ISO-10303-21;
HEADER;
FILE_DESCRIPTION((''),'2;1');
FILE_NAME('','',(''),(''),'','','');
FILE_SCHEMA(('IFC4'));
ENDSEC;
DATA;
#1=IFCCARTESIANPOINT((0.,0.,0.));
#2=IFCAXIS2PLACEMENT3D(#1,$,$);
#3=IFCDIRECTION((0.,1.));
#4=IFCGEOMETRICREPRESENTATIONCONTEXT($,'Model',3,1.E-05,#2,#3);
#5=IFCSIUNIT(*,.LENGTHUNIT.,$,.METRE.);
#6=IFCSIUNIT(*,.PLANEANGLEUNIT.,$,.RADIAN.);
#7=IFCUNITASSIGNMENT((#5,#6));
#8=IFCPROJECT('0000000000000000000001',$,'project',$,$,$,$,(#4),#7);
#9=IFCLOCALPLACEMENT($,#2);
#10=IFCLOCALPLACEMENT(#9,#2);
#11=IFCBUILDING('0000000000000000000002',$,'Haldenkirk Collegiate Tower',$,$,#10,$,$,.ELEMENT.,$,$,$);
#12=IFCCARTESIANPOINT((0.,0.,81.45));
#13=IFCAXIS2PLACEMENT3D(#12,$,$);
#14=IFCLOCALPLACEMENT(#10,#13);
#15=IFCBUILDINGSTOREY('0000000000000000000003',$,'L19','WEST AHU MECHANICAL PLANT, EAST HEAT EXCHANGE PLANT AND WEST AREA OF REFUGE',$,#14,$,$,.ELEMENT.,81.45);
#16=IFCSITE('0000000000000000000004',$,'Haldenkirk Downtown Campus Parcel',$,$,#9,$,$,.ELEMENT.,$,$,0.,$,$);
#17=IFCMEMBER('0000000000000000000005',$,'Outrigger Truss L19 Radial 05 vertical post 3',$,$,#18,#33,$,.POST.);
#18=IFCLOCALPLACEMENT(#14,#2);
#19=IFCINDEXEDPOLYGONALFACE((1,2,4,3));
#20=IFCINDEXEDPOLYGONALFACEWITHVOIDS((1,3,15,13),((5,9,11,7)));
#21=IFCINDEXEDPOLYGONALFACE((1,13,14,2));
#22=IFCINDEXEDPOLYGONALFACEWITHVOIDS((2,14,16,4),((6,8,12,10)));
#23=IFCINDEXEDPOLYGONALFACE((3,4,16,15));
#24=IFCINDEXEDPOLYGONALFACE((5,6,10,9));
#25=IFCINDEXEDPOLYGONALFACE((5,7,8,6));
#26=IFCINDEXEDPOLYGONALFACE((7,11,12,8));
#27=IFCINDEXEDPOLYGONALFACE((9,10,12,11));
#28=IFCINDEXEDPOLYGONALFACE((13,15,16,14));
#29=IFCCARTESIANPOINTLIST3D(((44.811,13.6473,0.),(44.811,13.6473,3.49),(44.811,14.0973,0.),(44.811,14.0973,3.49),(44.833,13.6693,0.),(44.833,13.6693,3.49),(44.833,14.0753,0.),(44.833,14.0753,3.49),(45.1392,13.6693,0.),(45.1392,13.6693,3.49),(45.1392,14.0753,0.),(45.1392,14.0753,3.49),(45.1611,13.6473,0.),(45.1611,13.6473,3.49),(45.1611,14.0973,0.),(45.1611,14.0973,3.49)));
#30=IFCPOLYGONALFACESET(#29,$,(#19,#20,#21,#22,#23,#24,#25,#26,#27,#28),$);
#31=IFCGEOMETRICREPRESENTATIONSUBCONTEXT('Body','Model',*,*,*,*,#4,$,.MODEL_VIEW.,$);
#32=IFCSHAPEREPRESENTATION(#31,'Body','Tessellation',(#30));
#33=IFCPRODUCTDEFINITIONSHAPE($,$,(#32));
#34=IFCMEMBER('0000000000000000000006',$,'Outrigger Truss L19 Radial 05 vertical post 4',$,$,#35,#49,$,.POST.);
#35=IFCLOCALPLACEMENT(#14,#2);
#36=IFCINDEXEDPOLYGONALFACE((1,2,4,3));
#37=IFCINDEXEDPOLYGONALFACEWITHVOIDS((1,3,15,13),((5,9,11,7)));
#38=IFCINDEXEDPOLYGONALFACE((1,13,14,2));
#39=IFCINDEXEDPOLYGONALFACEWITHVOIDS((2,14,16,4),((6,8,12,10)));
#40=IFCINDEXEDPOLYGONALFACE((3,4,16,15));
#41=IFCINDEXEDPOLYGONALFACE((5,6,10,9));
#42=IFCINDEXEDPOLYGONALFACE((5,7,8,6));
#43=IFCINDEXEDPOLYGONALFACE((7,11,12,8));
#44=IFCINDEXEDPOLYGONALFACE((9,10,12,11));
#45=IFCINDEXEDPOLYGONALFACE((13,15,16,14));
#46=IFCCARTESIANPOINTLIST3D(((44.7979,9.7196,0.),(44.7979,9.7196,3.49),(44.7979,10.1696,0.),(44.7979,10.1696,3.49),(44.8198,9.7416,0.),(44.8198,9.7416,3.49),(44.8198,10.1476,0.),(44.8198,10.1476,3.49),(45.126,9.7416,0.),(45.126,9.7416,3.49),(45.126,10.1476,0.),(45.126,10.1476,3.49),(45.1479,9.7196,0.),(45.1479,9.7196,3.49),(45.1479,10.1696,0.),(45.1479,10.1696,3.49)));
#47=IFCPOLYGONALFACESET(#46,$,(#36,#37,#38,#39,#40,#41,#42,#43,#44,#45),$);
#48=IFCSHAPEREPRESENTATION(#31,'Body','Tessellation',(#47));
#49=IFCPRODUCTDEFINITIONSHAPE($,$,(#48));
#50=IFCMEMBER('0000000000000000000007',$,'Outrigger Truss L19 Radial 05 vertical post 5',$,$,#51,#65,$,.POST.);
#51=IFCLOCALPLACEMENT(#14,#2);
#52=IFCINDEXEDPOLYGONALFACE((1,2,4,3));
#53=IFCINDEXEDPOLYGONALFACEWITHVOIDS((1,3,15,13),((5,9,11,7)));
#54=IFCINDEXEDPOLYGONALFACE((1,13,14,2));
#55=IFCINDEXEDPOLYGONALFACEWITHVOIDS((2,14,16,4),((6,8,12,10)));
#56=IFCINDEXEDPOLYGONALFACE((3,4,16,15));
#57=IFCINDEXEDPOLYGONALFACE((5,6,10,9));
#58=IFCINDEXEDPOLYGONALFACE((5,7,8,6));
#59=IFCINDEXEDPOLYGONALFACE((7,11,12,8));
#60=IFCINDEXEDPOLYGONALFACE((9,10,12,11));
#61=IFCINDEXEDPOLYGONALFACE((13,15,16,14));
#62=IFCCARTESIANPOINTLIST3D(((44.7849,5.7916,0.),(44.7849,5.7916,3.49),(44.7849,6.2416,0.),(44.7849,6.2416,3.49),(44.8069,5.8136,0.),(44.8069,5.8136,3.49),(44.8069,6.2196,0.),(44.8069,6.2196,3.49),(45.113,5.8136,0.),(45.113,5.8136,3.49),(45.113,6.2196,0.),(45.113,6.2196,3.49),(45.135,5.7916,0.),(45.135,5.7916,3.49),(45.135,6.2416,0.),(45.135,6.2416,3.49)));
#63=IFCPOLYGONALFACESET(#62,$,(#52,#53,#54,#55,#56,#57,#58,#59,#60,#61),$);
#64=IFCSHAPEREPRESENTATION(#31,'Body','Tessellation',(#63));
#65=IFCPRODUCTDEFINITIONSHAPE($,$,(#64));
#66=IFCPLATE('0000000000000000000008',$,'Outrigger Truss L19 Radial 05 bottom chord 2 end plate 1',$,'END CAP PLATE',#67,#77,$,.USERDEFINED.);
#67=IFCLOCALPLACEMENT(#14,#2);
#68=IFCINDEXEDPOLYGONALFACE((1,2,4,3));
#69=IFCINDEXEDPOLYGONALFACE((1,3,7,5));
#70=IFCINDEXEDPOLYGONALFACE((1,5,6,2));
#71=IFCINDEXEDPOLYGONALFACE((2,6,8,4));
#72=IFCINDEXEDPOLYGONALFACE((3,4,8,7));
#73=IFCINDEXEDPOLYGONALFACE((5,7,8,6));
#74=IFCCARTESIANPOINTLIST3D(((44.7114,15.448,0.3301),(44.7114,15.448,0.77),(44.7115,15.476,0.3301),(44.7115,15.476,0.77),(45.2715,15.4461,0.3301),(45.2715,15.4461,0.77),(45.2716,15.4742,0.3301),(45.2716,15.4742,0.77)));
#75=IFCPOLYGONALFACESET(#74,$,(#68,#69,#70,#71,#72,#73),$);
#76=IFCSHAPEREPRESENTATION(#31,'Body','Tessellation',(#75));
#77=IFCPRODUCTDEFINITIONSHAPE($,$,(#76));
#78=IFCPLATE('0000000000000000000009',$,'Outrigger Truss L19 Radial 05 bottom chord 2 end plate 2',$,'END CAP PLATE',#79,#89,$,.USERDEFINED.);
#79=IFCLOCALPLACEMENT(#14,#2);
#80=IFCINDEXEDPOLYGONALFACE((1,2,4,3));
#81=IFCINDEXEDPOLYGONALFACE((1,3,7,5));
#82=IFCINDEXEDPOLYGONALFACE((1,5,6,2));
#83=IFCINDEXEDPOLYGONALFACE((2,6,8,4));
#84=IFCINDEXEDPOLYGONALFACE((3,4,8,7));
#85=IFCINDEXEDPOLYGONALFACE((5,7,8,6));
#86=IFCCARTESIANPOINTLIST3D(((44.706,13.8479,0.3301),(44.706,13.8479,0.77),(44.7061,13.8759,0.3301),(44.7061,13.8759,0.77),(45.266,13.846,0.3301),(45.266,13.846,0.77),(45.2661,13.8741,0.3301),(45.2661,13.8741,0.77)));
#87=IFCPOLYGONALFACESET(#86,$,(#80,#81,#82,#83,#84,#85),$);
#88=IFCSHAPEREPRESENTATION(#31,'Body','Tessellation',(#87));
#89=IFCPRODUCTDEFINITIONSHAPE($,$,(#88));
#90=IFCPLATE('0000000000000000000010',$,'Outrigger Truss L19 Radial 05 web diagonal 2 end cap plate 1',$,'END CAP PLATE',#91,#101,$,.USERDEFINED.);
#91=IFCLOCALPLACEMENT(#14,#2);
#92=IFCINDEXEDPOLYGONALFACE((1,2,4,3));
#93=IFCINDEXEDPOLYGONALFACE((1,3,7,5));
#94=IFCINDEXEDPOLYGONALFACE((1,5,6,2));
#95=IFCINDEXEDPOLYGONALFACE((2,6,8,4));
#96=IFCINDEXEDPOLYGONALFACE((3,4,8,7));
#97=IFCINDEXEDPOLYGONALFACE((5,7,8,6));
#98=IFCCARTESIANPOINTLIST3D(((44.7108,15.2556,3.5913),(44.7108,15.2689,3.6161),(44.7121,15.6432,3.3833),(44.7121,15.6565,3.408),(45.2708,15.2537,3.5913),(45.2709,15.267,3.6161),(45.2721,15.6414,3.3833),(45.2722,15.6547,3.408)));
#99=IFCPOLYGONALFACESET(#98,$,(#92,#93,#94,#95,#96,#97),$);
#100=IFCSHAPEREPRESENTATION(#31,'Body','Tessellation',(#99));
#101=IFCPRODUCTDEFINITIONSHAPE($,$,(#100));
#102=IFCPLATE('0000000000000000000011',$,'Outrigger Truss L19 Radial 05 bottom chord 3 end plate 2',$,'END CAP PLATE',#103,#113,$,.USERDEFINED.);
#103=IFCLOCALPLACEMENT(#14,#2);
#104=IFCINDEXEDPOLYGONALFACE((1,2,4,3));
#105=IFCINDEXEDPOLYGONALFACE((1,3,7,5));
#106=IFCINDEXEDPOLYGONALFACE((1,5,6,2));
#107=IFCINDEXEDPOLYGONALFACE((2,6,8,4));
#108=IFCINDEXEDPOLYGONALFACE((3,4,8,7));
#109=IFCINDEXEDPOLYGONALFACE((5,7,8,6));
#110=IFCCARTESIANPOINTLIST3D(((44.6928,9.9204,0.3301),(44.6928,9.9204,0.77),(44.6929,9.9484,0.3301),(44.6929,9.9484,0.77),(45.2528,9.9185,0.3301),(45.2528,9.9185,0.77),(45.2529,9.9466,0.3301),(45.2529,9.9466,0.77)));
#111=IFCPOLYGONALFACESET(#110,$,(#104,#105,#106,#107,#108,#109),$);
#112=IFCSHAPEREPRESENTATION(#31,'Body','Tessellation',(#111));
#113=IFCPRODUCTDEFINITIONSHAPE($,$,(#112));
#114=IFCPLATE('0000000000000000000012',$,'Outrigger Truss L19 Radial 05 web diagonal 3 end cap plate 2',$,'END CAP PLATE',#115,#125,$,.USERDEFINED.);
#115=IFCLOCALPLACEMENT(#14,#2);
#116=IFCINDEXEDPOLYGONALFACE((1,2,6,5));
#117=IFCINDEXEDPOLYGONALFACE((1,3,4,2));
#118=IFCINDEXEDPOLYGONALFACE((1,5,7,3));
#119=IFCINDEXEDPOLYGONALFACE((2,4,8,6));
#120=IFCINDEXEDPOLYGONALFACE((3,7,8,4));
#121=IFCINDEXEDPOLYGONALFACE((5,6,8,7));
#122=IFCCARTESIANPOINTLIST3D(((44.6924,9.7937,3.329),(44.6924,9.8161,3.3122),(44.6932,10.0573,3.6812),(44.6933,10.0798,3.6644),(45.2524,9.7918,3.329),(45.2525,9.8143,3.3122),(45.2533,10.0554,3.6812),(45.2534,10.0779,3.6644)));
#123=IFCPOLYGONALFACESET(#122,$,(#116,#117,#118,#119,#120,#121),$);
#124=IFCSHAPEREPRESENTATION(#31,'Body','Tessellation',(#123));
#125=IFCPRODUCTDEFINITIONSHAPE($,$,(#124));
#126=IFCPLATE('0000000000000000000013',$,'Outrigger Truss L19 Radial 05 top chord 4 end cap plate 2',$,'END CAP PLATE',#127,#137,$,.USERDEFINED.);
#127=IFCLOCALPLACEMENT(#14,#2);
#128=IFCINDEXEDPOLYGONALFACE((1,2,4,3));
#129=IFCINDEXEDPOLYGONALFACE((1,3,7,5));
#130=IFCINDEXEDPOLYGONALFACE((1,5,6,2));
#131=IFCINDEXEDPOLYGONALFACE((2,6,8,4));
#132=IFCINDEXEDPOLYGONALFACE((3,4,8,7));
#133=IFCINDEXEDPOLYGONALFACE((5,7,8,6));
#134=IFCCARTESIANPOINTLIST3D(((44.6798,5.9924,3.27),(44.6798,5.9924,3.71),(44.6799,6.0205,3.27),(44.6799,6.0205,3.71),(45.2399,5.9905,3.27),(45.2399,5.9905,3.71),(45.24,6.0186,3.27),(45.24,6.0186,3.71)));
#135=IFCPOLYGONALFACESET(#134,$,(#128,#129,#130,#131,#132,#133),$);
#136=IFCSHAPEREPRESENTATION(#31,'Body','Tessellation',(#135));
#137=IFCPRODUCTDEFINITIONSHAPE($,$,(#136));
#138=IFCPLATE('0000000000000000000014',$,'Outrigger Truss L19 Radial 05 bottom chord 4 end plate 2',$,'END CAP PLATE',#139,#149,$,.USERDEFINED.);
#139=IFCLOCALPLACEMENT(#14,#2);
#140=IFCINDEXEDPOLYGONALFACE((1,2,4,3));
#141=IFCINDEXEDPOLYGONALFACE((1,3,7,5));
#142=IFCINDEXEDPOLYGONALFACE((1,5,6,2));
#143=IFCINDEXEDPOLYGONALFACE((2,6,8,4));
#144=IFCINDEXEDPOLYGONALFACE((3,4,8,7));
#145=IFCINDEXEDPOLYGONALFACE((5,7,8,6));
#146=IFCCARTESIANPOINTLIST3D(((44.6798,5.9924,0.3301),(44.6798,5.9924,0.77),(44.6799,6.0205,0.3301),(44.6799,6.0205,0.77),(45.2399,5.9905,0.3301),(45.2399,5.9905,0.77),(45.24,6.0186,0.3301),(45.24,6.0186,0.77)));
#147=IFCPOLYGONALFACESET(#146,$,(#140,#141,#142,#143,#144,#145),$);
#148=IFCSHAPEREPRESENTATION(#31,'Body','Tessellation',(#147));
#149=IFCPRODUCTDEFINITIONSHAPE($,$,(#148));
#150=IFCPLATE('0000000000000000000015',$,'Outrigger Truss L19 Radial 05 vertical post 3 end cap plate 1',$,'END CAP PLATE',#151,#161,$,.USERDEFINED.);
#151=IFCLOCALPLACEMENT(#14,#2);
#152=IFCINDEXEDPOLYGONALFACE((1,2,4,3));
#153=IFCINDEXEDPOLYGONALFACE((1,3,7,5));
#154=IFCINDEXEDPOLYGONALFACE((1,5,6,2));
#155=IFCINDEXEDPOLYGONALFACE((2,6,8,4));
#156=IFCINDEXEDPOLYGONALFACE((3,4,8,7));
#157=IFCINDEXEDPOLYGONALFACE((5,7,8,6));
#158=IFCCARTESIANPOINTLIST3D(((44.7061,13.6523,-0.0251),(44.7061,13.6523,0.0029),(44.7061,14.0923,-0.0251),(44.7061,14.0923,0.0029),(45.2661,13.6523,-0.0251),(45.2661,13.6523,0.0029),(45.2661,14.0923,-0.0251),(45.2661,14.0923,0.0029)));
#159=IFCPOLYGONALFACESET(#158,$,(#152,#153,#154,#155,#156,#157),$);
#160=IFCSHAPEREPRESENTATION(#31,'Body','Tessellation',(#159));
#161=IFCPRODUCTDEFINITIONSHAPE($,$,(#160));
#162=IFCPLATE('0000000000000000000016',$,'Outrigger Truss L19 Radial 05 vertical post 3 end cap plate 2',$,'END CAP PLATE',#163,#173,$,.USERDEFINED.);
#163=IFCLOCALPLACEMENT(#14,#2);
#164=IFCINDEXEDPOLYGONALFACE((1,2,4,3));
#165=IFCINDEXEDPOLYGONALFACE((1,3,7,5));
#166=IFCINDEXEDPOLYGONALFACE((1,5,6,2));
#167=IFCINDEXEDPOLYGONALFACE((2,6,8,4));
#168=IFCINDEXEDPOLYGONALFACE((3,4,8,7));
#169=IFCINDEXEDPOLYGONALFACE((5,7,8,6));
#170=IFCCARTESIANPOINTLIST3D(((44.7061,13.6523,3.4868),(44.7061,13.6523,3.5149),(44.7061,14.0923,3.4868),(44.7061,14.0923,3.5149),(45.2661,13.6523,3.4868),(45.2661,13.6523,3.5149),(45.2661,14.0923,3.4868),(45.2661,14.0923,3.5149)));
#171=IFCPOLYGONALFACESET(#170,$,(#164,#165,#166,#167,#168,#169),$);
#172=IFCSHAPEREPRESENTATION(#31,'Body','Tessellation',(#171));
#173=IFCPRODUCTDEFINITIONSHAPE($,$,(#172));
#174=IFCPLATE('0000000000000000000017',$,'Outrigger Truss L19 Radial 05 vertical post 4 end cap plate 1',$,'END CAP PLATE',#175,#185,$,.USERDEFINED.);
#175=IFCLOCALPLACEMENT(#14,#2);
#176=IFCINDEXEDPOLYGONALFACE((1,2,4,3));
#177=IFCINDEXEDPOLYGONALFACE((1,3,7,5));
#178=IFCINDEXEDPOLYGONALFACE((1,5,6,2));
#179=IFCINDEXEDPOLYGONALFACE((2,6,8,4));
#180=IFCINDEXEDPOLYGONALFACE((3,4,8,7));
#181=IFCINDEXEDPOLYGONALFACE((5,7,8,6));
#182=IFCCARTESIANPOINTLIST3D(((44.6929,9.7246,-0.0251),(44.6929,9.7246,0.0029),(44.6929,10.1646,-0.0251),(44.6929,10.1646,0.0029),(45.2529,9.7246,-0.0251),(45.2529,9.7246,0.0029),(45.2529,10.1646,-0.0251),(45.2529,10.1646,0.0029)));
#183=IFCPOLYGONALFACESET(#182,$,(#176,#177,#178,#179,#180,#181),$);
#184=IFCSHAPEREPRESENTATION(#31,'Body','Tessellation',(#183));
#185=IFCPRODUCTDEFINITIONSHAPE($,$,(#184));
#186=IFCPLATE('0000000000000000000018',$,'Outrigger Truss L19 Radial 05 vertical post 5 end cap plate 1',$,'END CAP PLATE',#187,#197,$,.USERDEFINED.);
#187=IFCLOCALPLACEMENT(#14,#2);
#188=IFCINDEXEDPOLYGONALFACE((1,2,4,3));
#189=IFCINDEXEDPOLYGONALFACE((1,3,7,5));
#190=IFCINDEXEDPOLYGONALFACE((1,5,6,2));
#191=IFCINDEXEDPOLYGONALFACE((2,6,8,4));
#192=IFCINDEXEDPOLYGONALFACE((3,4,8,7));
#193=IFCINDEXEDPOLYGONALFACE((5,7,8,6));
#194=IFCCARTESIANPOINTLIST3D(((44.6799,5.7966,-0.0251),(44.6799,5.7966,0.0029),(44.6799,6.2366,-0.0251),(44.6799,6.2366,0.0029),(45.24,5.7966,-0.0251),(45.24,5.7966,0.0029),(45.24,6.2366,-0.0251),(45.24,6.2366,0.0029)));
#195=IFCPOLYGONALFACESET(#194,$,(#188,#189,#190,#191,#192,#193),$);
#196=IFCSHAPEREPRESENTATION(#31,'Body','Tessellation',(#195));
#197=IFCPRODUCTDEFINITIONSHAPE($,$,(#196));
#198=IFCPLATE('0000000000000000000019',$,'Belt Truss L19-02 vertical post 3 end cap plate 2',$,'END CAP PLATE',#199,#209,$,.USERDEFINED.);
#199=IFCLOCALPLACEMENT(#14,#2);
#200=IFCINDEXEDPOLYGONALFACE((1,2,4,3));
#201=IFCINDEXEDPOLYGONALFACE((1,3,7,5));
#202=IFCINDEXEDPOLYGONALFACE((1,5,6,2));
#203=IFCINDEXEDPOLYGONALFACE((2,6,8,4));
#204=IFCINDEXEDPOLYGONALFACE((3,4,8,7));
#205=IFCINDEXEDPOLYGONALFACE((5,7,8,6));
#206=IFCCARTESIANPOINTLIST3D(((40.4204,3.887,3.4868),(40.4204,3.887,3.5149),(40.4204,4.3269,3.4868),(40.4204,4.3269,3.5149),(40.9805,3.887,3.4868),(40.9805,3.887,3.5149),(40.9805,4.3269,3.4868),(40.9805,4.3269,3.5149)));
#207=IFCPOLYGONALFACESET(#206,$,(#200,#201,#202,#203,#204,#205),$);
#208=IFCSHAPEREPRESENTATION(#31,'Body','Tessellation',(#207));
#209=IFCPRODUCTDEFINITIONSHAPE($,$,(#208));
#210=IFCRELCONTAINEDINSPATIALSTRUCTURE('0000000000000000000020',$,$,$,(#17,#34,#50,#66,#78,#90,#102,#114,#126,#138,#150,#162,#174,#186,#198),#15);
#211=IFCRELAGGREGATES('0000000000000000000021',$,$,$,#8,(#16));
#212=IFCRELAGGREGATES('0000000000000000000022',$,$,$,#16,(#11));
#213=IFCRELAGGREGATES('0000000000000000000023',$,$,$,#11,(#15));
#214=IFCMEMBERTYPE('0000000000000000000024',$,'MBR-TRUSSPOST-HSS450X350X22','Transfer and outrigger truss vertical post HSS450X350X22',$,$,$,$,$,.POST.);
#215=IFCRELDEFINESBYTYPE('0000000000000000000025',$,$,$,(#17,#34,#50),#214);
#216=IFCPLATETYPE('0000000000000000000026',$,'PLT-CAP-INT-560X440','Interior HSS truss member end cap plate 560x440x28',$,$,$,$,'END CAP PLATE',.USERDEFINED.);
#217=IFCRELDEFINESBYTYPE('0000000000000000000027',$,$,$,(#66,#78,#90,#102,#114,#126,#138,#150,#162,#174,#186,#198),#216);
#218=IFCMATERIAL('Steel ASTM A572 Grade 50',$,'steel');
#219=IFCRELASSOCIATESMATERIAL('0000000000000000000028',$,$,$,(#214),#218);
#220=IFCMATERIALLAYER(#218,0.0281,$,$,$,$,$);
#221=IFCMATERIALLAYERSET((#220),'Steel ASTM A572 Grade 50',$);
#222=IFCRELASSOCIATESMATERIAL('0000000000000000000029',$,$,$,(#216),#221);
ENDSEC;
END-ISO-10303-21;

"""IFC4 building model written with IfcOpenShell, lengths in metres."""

from ifc_helpers import new_model, si_unit, direction, frame, origin, origin_2d, place, context, subcontext, project, spatial, rectangle, hollow_rectangle, extrude, source, transform, mapped, material, layer, layer_set, material_profile, profile_set, type_object, element, save


model = new_model("IFC4")

# Units and contexts
model_context = context("Model", 3, precision=1e-05, world=origin(), true_north=direction((0.0, 1.0)))
body_context = subcontext(model_context, "Body", "Model", "MODEL_VIEW")
ifc_project = project(units=[si_unit("LENGTHUNIT", "METRE"), si_unit("PLANEANGLEUNIT", "RADIAN")], contexts=[model_context])

# Site, building, storey
site_placement = place(None, origin())
site = spatial("IfcSite", under=ifc_project, at=site_placement, Name="Haldenkirk Downtown Campus Parcel", CompositionType="ELEMENT", RefElevation=0.0)
building_placement = place(site_placement, origin())
building = spatial("IfcBuilding", under=site, at=building_placement, Name="Haldenkirk Collegiate Tower", CompositionType="ELEMENT")
storey_placement = place(building_placement, frame((0.0, 0.0, 81.45)))
storey = spatial("IfcBuildingStorey", under=building, at=storey_placement, Name="L19", Description="WEST AHU MECHANICAL PLANT, EAST HEAT EXCHANGE PLANT AND WEST AREA OF REFUGE", CompositionType="ELEMENT", Elevation=81.45)

# Members
ifc_material_1 = material(Name="Steel ASTM A572 Grade 50", Category="steel")
ifc_material_profile_1 = material_profile(ifc_material_1, hollow_rectangle(XDim=0.3501, YDim=0.45, WallThickness=0.022, at=origin_2d()), Name="HSS450X350X22")
ifc_profile_set_1 = profile_set([ifc_material_profile_1], Name="Steel ASTM A572 Grade 50")
member_type_1 = type_object("IfcMemberType", Name="MBR-TRUSSPOST-HSS450X350X22", Description="Transfer and outrigger truss vertical post HSS450X350X22", PredefinedType="POST", material=ifc_profile_set_1)
for number, where, z_axis, x_axis, name in (
    (1, (44.9861, 13.8723, 0.0), (0.0, 0.0, 1.0), (1.0, 0.0, 0.0), "Outrigger Truss L19 Radial 05 vertical post 3"),
    (2, (44.9729, 9.9446, 0.0), (0.0, 0.0, 1.0), (1.0, 0.0, 0.0), "Outrigger Truss L19 Radial 05 vertical post 4"),
    (3, (44.96, 6.0166, 0.0), (0.0, 0.0, 1.0), (1.0, 0.0, 0.0), "Outrigger Truss L19 Radial 05 vertical post 5"),
):
    element("IfcMember", number, at=place(storey_placement, frame(where, z_axis=z_axis, x_axis=x_axis)), inside=storey, type_object=member_type_1, Name=name, PredefinedType="POST", context=body_context, shape_type="SweptSolid", body=[
        extrude(hollow_rectangle(XDim=0.3501, YDim=0.45, WallThickness=0.022, at=origin_2d()), origin(), (0.0, 0.0, 1.0), 3.49),
    ])

# Plates
ifc_layer = layer(ifc_material_1, 0.0281)
ifc_layer_set = layer_set([ifc_layer], Name="Steel ASTM A572 Grade 50")
plate_type = type_object("IfcPlateType", Name="PLT-CAP-INT-560X440", Description="Interior HSS truss member end cap plate 560x440x28", ElementType="END CAP PLATE", PredefinedType="USERDEFINED", material=ifc_layer_set)
shared_shape = source(origin(), body_context, "Body", "SweptSolid", [
    extrude(rectangle(XDim=0.5601, YDim=0.4399, at=origin_2d()), origin(), (0.0, 0.0, 1.0), 0.0281),
])
for number, where, z_axis, x_axis, name in (
    (4, (44.9915, 15.447, 0.55), (0.003344, 0.999994, 0.0), (-0.999994, 0.003344, 0.0), "Outrigger Truss L19 Radial 05 bottom chord 2 end plate 1"),
    (5, (44.9861, 13.875, 0.55), (-0.003344, -0.999994, 0.0), (0.999994, -0.003344, 0.0), "Outrigger Truss L19 Radial 05 bottom chord 2 end plate 2"),
    (6, (44.9915, 15.4485, 3.4873), (0.001558, 0.472873, 0.881129), (-0.999995, 0.003296, -0.000001), "Outrigger Truss L19 Radial 05 web diagonal 2 end cap plate 1"),
    (7, (44.9729, 9.9475, 0.55), (-0.003344, -0.999994, 0.0), (0.999994, -0.003344, 0.0), "Outrigger Truss L19 Radial 05 bottom chord 3 end plate 2"),
    (8, (44.9729, 9.947, 3.4883), (-0.00269, -0.800562, 0.599244), (0.999994, -0.00336, 0.0), "Outrigger Truss L19 Radial 05 web diagonal 3 end cap plate 2"),
    (9, (44.96, 6.0195, 3.49), (-0.003335, -0.999994, 0.0), (0.999994, -0.003335, 0.0), "Outrigger Truss L19 Radial 05 top chord 4 end cap plate 2"),
    (10, (44.96, 6.0195, 0.55), (-0.003344, -0.999994, 0.0), (0.999994, -0.003344, 0.0), "Outrigger Truss L19 Radial 05 bottom chord 4 end plate 2"),
    (11, (44.9861, 13.8723, 0.0029), (0.0, 0.0, -1.0), (1.0, 0.0, 0.0), "Outrigger Truss L19 Radial 05 vertical post 3 end cap plate 1"),
    (12, (44.9861, 13.8723, 3.4868), (0.0, 0.0, 1.0), (1.0, 0.0, 0.0), "Outrigger Truss L19 Radial 05 vertical post 3 end cap plate 2"),
    (13, (44.9729, 9.9446, 0.0029), (0.0, 0.0, -1.0), (1.0, 0.0, 0.0), "Outrigger Truss L19 Radial 05 vertical post 4 end cap plate 1"),
    (14, (44.96, 6.0166, 0.0029), (0.0, 0.0, -1.0), (1.0, 0.0, 0.0), "Outrigger Truss L19 Radial 05 vertical post 5 end cap plate 1"),
    (15, (40.7004, 4.1069, 3.4868), (0.0, 0.0, 1.0), (1.0, 0.0, 0.0), "Belt Truss L19-02 vertical post 3 end cap plate 2"),
):
    element("IfcPlate", number, at=place(storey_placement, frame(where, z_axis=z_axis, x_axis=x_axis)), inside=storey, type_object=plate_type, Name=name, ObjectType="END CAP PLATE", PredefinedType="USERDEFINED", context=body_context, shape_type="MappedRepresentation", body=[
        mapped(shared_shape, transform((0.0, 0.0, 0.0), x_axis=(1.0, 0.0, 0.0), y_axis=(0.0, 1.0, 0.0), z_axis=(0.0, 0.0, 1.0), scale=1.0)),
    ])

save(model, "model.ifc")
